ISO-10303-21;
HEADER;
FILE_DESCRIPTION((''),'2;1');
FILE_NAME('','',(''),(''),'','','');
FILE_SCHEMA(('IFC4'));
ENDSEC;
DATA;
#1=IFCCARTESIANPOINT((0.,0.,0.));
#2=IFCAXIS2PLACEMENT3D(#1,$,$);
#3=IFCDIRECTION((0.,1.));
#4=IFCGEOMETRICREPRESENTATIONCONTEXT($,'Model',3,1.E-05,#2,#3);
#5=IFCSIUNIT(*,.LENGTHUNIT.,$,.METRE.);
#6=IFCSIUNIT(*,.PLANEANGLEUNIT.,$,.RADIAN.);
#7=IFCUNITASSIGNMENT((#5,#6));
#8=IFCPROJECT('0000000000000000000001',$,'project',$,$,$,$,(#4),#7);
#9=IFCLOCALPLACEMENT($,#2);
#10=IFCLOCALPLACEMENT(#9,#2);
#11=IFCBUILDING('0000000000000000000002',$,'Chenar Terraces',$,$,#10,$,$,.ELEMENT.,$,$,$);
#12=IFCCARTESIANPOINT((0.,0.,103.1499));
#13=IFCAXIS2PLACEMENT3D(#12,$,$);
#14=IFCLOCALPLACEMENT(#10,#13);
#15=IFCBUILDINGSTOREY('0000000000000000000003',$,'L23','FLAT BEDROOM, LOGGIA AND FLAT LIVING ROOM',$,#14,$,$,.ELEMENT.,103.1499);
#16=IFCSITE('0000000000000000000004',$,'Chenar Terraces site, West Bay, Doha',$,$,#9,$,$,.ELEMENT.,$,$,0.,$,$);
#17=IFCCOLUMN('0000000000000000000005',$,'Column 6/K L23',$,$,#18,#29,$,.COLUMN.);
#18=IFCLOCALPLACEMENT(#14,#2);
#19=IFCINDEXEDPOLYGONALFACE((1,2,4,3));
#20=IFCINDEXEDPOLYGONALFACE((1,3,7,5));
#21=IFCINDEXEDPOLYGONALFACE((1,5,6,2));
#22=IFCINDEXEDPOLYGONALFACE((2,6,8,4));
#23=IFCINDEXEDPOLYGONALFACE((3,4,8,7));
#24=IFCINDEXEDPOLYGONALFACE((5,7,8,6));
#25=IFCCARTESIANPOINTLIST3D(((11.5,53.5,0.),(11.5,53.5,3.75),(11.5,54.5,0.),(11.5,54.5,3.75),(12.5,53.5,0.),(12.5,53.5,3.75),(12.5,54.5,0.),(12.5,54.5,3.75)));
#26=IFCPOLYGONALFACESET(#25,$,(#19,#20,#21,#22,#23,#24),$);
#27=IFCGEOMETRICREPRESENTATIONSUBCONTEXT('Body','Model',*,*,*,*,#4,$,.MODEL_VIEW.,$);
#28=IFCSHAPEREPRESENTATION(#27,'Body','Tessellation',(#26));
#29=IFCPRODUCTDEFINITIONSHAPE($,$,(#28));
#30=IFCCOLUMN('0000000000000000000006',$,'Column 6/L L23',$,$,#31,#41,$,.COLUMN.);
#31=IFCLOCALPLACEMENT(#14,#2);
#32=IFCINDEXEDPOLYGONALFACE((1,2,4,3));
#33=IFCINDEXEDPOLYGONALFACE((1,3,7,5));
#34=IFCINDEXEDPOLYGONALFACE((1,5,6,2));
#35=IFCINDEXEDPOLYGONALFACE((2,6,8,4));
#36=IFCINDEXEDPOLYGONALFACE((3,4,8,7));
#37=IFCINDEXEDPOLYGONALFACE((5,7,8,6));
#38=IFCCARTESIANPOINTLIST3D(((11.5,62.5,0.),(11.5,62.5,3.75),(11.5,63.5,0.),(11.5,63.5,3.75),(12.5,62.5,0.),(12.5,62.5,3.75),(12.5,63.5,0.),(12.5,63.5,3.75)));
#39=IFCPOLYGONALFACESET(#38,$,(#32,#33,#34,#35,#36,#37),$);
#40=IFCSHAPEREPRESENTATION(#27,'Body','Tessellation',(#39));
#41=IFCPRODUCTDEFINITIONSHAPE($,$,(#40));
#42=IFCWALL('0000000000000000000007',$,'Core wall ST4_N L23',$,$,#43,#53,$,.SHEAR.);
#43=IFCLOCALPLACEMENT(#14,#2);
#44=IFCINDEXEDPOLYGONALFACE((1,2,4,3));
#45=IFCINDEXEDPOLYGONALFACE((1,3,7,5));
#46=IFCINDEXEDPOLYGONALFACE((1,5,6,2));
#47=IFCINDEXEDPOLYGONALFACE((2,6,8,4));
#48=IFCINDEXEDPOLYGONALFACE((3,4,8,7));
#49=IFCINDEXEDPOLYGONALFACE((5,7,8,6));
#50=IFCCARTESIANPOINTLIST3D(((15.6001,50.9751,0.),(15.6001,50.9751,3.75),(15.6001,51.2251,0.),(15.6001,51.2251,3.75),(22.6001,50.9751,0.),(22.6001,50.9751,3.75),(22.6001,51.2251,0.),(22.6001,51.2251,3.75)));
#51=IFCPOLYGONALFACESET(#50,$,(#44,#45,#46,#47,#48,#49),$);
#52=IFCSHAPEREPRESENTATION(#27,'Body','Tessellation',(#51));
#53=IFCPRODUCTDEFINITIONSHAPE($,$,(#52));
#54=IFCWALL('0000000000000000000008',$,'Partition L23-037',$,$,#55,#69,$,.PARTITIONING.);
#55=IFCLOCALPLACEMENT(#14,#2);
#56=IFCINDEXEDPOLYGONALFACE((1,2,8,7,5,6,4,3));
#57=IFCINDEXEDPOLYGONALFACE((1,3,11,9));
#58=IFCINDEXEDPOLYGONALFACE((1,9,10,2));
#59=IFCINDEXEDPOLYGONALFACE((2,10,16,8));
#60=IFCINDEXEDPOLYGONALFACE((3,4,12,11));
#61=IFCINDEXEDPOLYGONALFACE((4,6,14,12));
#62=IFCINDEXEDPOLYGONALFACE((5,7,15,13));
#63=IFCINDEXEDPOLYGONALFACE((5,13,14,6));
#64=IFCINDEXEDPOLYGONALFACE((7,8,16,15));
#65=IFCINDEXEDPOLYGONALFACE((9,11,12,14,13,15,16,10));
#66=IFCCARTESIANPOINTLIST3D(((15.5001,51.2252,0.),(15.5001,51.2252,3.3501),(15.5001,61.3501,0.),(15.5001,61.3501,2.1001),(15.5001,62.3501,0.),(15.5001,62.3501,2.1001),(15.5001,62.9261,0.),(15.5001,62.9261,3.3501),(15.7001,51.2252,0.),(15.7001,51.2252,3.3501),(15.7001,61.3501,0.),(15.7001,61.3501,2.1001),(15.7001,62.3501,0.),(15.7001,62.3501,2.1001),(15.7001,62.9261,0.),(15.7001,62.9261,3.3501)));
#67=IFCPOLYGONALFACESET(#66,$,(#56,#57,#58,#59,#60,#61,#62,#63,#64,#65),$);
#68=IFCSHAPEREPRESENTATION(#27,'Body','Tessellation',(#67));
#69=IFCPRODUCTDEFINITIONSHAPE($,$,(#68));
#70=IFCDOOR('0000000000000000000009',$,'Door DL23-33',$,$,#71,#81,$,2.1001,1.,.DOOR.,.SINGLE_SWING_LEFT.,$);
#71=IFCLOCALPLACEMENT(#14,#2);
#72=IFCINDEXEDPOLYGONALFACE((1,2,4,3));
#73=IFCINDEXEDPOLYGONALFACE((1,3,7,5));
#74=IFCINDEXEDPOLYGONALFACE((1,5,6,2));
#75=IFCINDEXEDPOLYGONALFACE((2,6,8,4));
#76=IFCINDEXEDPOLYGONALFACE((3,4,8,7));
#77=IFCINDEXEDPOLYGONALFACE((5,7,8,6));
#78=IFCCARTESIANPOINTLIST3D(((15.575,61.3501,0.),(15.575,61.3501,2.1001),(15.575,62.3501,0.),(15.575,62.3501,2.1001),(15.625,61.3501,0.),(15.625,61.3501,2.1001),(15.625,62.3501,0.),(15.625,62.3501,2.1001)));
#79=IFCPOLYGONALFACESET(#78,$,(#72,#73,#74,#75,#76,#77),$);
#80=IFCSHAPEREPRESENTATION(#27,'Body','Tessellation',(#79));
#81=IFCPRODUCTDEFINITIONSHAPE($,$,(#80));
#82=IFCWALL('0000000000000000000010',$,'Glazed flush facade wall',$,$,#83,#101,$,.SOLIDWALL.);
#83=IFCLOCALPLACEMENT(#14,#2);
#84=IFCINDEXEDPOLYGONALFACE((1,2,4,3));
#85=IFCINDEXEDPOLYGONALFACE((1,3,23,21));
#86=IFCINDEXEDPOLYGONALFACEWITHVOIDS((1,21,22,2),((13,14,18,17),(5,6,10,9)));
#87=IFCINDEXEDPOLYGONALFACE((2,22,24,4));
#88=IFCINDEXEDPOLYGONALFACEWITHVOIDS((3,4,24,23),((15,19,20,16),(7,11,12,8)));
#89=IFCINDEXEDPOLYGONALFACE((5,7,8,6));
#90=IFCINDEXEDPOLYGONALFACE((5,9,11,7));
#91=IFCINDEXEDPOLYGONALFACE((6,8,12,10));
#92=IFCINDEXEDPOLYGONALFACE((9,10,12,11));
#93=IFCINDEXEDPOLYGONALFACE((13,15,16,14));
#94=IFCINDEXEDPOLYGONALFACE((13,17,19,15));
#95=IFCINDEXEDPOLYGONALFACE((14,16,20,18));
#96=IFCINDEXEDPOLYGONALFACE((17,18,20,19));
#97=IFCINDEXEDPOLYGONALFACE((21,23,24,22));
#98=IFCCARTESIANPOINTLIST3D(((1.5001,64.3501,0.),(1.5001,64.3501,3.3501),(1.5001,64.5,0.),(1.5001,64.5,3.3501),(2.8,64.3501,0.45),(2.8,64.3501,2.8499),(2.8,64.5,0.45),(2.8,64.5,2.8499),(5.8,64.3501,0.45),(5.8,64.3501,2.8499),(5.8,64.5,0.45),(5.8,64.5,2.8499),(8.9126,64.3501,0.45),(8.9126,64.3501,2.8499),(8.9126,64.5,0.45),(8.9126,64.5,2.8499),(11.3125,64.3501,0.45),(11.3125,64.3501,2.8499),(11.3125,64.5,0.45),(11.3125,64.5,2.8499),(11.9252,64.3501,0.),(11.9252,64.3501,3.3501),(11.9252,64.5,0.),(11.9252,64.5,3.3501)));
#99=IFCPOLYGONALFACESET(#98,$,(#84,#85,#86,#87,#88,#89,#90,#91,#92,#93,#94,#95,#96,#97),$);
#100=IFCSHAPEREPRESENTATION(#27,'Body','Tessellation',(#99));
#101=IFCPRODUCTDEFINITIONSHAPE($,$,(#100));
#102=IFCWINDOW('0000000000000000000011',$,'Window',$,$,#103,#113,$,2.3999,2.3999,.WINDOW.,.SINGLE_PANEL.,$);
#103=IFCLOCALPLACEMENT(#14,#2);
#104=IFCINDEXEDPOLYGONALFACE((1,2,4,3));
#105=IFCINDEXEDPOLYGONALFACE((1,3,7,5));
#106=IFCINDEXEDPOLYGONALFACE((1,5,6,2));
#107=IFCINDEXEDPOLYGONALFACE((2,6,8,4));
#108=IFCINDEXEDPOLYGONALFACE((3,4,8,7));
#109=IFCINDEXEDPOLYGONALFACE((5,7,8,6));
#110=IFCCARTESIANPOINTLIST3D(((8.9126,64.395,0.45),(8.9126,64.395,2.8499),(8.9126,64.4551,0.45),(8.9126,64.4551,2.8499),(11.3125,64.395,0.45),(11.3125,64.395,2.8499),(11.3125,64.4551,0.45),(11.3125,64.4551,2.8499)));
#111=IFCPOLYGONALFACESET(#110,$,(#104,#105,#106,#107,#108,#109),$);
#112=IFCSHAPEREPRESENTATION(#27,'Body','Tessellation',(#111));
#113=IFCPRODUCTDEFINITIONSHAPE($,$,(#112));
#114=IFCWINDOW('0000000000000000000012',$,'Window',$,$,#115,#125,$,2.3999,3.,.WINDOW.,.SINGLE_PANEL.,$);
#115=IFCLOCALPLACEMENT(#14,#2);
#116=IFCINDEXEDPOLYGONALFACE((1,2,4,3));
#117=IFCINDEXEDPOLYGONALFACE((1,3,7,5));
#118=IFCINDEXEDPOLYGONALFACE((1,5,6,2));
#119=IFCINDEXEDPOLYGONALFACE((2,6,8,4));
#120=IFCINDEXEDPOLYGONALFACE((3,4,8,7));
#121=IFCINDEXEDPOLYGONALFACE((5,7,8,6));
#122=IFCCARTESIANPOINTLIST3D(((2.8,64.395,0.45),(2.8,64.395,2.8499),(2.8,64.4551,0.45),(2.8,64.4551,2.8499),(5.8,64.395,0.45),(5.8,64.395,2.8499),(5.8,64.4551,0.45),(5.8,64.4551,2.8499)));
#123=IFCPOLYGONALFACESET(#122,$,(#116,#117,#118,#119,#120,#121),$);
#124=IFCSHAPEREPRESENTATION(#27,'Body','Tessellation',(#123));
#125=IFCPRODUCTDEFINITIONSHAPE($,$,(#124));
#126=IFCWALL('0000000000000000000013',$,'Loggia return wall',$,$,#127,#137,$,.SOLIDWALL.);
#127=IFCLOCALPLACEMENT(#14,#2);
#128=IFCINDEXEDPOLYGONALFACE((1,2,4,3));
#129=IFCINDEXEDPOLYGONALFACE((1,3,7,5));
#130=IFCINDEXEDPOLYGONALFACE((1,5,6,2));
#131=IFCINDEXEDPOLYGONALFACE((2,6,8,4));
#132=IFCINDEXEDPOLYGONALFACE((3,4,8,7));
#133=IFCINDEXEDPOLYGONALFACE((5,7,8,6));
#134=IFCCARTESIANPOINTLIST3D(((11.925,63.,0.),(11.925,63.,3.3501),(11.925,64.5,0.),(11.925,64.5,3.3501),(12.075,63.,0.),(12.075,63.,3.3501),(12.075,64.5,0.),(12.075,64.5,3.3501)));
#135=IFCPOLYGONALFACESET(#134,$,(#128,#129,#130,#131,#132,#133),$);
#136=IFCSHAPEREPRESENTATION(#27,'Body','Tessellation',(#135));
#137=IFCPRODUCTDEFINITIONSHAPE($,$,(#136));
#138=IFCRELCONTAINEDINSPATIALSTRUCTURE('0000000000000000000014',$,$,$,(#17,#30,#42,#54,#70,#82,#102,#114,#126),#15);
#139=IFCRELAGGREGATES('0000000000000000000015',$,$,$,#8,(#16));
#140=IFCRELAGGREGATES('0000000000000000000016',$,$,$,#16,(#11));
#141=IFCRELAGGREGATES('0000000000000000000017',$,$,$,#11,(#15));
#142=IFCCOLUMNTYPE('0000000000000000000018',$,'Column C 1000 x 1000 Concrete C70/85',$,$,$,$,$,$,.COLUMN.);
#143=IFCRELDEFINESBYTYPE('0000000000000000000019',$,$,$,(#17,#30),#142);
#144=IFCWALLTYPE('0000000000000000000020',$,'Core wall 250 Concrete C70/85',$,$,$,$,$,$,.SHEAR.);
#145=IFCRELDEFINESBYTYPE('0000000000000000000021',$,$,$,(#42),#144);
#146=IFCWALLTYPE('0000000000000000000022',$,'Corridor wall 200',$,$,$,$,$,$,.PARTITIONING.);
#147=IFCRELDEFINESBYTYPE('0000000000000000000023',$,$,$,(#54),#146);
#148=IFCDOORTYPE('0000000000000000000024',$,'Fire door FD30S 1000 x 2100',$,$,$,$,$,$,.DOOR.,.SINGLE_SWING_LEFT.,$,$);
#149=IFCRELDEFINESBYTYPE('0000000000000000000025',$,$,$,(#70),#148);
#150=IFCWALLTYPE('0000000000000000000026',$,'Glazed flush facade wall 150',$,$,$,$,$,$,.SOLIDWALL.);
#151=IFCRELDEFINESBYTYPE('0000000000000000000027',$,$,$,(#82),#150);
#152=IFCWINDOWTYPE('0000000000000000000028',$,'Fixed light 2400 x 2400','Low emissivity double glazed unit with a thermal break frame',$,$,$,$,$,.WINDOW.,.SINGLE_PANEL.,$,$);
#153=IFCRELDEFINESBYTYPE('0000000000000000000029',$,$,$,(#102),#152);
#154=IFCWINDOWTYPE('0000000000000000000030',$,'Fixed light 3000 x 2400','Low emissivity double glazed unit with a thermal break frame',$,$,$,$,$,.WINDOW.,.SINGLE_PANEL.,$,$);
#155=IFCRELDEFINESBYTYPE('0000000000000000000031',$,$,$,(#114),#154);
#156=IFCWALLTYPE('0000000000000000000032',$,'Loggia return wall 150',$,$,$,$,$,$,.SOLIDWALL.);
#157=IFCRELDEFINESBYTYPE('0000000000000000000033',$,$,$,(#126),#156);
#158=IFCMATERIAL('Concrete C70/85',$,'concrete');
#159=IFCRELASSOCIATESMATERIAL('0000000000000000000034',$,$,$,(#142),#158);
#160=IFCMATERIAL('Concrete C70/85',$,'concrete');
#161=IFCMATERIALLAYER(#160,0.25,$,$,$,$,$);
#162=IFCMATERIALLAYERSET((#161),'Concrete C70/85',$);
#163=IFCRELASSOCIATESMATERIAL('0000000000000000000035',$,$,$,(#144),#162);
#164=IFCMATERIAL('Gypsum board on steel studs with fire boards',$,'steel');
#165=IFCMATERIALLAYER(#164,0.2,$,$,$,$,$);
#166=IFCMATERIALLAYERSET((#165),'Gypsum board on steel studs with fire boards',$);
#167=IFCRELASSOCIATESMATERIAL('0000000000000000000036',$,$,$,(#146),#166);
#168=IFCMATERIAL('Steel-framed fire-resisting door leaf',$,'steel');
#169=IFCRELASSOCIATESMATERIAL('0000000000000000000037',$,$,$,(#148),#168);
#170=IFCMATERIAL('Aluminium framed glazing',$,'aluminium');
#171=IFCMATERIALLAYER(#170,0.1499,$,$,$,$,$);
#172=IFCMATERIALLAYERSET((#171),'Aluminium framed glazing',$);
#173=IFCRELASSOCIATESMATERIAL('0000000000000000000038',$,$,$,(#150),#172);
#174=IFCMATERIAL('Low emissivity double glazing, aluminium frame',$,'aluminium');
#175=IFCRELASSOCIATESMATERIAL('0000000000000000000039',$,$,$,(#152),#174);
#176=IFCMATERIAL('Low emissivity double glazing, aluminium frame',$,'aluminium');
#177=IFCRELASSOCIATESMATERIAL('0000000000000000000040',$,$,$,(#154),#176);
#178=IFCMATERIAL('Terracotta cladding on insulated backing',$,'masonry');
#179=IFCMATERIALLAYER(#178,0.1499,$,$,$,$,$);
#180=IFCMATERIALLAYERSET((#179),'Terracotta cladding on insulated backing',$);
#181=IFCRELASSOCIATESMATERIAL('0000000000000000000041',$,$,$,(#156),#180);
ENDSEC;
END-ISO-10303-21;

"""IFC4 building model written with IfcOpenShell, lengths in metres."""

from ifc_helpers import new_model, si_unit, direction, frame, frame_2d, origin, origin_2d, place, context, subcontext, project, spatial, rectangle, extrude, material, layer, layer_set, material_profile, profile_set, type_object, element, fill, save


model = new_model("IFC4")

# Units and contexts
model_context = context("Model", 3, precision=1e-05, world=origin(), true_north=direction((0.0, 1.0)))
body_context = subcontext(model_context, "Body", "Model", "MODEL_VIEW")
ifc_project = project(units=[si_unit("LENGTHUNIT", "METRE"), si_unit("PLANEANGLEUNIT", "RADIAN")], contexts=[model_context])

# Site, building, storey
site_placement = place(None, origin())
site = spatial("IfcSite", under=ifc_project, at=site_placement, Name="Chenar Terraces site, West Bay, Doha", CompositionType="ELEMENT", RefElevation=0.0)
building_placement = place(site_placement, origin())
building = spatial("IfcBuilding", under=site, at=building_placement, Name="Chenar Terraces", CompositionType="ELEMENT")
storey_placement = place(building_placement, frame((0.0, 0.0, 103.1499)))
storey = spatial("IfcBuildingStorey", under=building, at=storey_placement, Name="L23", Description="FLAT BEDROOM, LOGGIA AND FLAT LIVING ROOM", CompositionType="ELEMENT", Elevation=103.1499)

# Columns
ifc_material_1 = material(Name="Concrete C70/85", Category="concrete")
ifc_material_profile = material_profile(ifc_material_1, rectangle(XDim=1.0, YDim=1.0, at=origin_2d()), Name="C 1000 x 1000")
ifc_profile_set = profile_set([ifc_material_profile], Name="Concrete C70/85")
column_type = type_object("IfcColumnType", Name="Column C 1000 x 1000 Concrete C70/85", PredefinedType="COLUMN", material=ifc_profile_set)
for number, where, z_axis, x_axis, name in (
    (1, (12.0, 54.0, 0.0), (0.0, 0.0, 1.0), (1.0, 0.0, 0.0), "Column 6/K L23"),
    (2, (12.0, 63.0, 0.0), (0.0, 0.0, 1.0), (1.0, 0.0, 0.0), "Column 6/L L23"),
):
    element("IfcColumn", number, at=place(storey_placement, frame(where, z_axis=z_axis, x_axis=x_axis)), inside=storey, type_object=column_type, Name=name, PredefinedType="COLUMN", context=body_context, shape_type="SweptSolid", body=[
        extrude(rectangle(XDim=1.0, YDim=1.0, at=origin_2d()), origin(), (0.0, 0.0, 1.0), 3.75),
    ])

# Wall
ifc_material_2 = material(Name="Concrete C70/85", Category="concrete")
ifc_layer_1 = layer(ifc_material_2, 0.25)
ifc_layer_set_1 = layer_set([ifc_layer_1], Name="Concrete C70/85")
wall_type_1 = type_object("IfcWallType", Name="Core wall 250 Concrete C70/85", PredefinedType="SHEAR", material=ifc_layer_set_1)
wall_1_placement = place(storey_placement, frame((15.6001, 51.1001, 0.0), z_axis=(0.0, 0.0, 1.0), x_axis=(1.0, 0.0, 0.0)))
element("IfcWall", 3, at=wall_1_placement, inside=storey, type_object=wall_type_1, Name="Core wall ST4_N L23", PredefinedType="SHEAR", context=body_context, shape_type="SweptSolid", body=[
    extrude(rectangle(XDim=7.0, YDim=0.25, at=frame_2d((3.5, 0.0))), origin(), (0.0, 0.0, 1.0), 3.75),
])

# Wall, opening, door
ifc_material_3 = material(Name="Gypsum board on steel studs with fire boards", Category="steel")
ifc_layer_2 = layer(ifc_material_3, 0.2)
ifc_layer_set_2 = layer_set([ifc_layer_2], Name="Gypsum board on steel studs with fire boards")
wall_type_2 = type_object("IfcWallType", Name="Corridor wall 200", PredefinedType="PARTITIONING", material=ifc_layer_set_2)
wall_2_placement = place(storey_placement, frame((15.6001, 51.2251, 0.0), z_axis=(0.0, 0.0, 1.0), x_axis=(0.0, 1.0, 0.0)))
wall_2 = element("IfcWall", 4, at=wall_2_placement, inside=storey, type_object=wall_type_2, Name="Partition L23-037", PredefinedType="PARTITIONING", context=body_context, shape_type="SweptSolid", body=[
    extrude(rectangle(XDim=11.7009, YDim=0.2, at=frame_2d((5.8506, 0.0))), origin(), (0.0, 0.0, 1.0), 3.3501),
])
opening_1_placement = place(wall_2_placement, frame((10.125, 0.0, 0.0)))
opening_1 = element("IfcOpeningElement", 5, at=opening_1_placement, cuts=wall_2, PredefinedType="OPENING", context=body_context, shape_type="SweptSolid", body=[
    extrude(rectangle(XDim=1.0, YDim=2.1001, at=frame_2d((0.5, 1.05))), frame((0.0, 0.1099, 0.0), z_axis=(0.0, -1.0, 0.0), x_axis=(1.0, 0.0, 0.0)), (0.0, 0.0, 1.0), 0.22),
])
ifc_material_4 = material(Name="Steel-framed fire-resisting door leaf", Category="steel")
door_type_1 = type_object("IfcDoorType", Name="Fire door FD30S 1000 x 2100", OperationType="SINGLE_SWING_LEFT", PredefinedType="DOOR", material=ifc_material_4)
door_1_placement = place(opening_1_placement, frame((1.0, 0.0, 0.0), z_axis=(0.0, 0.0, 1.0), x_axis=(-1.0, 0.0, 0.0)))
door_1 = element("IfcDoor", 6, at=door_1_placement, inside=storey, type_object=door_type_1, Name="Door DL23-33", OperationType="SINGLE_SWING_LEFT", OverallHeight=2.1001, OverallWidth=1.0, PredefinedType="DOOR", context=body_context, shape_type="SweptSolid", body=[
    extrude(rectangle(XDim=1.0, YDim=2.1001, at=frame_2d((0.5, 1.05))), frame((0.0, 0.0249, 0.0), z_axis=(0.0, -1.0, 0.0), x_axis=(1.0, 0.0, 0.0)), (0.0, 0.0, 1.0), 0.05),
])
fill(opening_1, door_1)

# Wall, openings, windows
ifc_material_5 = material(Name="Aluminium framed glazing", Category="aluminium")
ifc_layer_3 = layer(ifc_material_5, 0.1499)
ifc_layer_set_3 = layer_set([ifc_layer_3], Name="Aluminium framed glazing")
wall_type_3 = type_object("IfcWallType", Name="Glazed flush facade wall 150", PredefinedType="SOLIDWALL", material=ifc_layer_set_3)
wall_3_placement = place(storey_placement, frame((11.925, 64.425, 0.0), z_axis=(0.0, 0.0, 1.0), x_axis=(-1.0, 0.0, 0.0)))
wall_3 = element("IfcWall", 7, at=wall_3_placement, inside=storey, type_object=wall_type_3, Name="Glazed flush facade wall", PredefinedType="SOLIDWALL", context=body_context, shape_type="SweptSolid", body=[
    extrude(rectangle(XDim=10.425, YDim=0.1499, at=frame_2d((5.2124, 0.0))), origin(), (0.0, 0.0, 1.0), 3.3501),
])
opening_2_placement = place(wall_3_placement, frame((0.6125, 0.0, 0.45)))
opening_2 = element("IfcOpeningElement", 8, at=opening_2_placement, cuts=wall_3, PredefinedType="OPENING", context=body_context, shape_type="SweptSolid", body=[
    extrude(rectangle(XDim=2.3999, YDim=2.3999, at=frame_2d((1.2, 1.2))), frame((0.0, 0.085, 0.0), z_axis=(0.0, -1.0, 0.0), x_axis=(1.0, 0.0, 0.0)), (0.0, 0.0, 1.0), 0.1699),
])
opening_3_placement = place(wall_3_placement, frame((6.125, 0.0, 0.45)))
opening_3 = element("IfcOpeningElement", 9, at=opening_3_placement, cuts=wall_3, PredefinedType="OPENING", context=body_context, shape_type="SweptSolid", body=[
    extrude(rectangle(XDim=3.0, YDim=2.3999, at=frame_2d((1.5, 1.2))), frame((0.0, 0.085, 0.0), z_axis=(0.0, -1.0, 0.0), x_axis=(1.0, 0.0, 0.0)), (0.0, 0.0, 1.0), 0.1699),
])
ifc_material_6 = material(Name="Low emissivity double glazing, aluminium frame", Category="aluminium")
window_type_1 = type_object("IfcWindowType", Name="Fixed light 2400 x 2400", Description="Low emissivity double glazed unit with a thermal break frame", PartitioningType="SINGLE_PANEL", PredefinedType="WINDOW", material=ifc_material_6)
window_1_placement = place(opening_2_placement, origin())
window_1 = element("IfcWindow", 10, at=window_1_placement, inside=storey, type_object=window_type_1, Name="Window", OverallHeight=2.3999, OverallWidth=2.3999, PartitioningType="SINGLE_PANEL", PredefinedType="WINDOW", context=body_context, shape_type="SweptSolid", body=[
    extrude(rectangle(XDim=2.3999, YDim=2.3999, at=frame_2d((1.2, 1.2))), frame((0.0, 0.03, 0.0), z_axis=(0.0, -1.0, 0.0), x_axis=(1.0, 0.0, 0.0)), (0.0, 0.0, 1.0), 0.0601),
])
fill(opening_2, window_1)
ifc_material_7 = material(Name="Low emissivity double glazing, aluminium frame", Category="aluminium")
window_type_2 = type_object("IfcWindowType", Name="Fixed light 3000 x 2400", Description="Low emissivity double glazed unit with a thermal break frame", PartitioningType="SINGLE_PANEL", PredefinedType="WINDOW", material=ifc_material_7)
window_2_placement = place(opening_3_placement, origin())
window_2 = element("IfcWindow", 11, at=window_2_placement, inside=storey, type_object=window_type_2, Name="Window", OverallHeight=2.3999, OverallWidth=3.0, PartitioningType="SINGLE_PANEL", PredefinedType="WINDOW", context=body_context, shape_type="SweptSolid", body=[
    extrude(rectangle(XDim=3.0, YDim=2.3999, at=frame_2d((1.5, 1.2))), frame((0.0, 0.03, 0.0), z_axis=(0.0, -1.0, 0.0), x_axis=(1.0, 0.0, 0.0)), (0.0, 0.0, 1.0), 0.0601),
])
fill(opening_3, window_2)

# Wall
ifc_material_8 = material(Name="Terracotta cladding on insulated backing", Category="masonry")
ifc_layer_4 = layer(ifc_material_8, 0.1499)
ifc_layer_set_4 = layer_set([ifc_layer_4], Name="Terracotta cladding on insulated backing")
wall_type_4 = type_object("IfcWallType", Name="Loggia return wall 150", PredefinedType="SOLIDWALL", material=ifc_layer_set_4)
wall_4_placement = place(storey_placement, frame((12.0, 64.5, 0.0), z_axis=(0.0, 0.0, 1.0), x_axis=(0.0, -1.0, 0.0)))
element("IfcWall", 12, at=wall_4_placement, inside=storey, type_object=wall_type_4, Name="Loggia return wall", PredefinedType="SOLIDWALL", context=body_context, shape_type="SweptSolid", body=[
    extrude(rectangle(XDim=1.5, YDim=0.1499, at=frame_2d((0.75, 0.0))), origin(), (0.0, 0.0, 1.0), 3.3501),
])

save(model, "model.ifc")
